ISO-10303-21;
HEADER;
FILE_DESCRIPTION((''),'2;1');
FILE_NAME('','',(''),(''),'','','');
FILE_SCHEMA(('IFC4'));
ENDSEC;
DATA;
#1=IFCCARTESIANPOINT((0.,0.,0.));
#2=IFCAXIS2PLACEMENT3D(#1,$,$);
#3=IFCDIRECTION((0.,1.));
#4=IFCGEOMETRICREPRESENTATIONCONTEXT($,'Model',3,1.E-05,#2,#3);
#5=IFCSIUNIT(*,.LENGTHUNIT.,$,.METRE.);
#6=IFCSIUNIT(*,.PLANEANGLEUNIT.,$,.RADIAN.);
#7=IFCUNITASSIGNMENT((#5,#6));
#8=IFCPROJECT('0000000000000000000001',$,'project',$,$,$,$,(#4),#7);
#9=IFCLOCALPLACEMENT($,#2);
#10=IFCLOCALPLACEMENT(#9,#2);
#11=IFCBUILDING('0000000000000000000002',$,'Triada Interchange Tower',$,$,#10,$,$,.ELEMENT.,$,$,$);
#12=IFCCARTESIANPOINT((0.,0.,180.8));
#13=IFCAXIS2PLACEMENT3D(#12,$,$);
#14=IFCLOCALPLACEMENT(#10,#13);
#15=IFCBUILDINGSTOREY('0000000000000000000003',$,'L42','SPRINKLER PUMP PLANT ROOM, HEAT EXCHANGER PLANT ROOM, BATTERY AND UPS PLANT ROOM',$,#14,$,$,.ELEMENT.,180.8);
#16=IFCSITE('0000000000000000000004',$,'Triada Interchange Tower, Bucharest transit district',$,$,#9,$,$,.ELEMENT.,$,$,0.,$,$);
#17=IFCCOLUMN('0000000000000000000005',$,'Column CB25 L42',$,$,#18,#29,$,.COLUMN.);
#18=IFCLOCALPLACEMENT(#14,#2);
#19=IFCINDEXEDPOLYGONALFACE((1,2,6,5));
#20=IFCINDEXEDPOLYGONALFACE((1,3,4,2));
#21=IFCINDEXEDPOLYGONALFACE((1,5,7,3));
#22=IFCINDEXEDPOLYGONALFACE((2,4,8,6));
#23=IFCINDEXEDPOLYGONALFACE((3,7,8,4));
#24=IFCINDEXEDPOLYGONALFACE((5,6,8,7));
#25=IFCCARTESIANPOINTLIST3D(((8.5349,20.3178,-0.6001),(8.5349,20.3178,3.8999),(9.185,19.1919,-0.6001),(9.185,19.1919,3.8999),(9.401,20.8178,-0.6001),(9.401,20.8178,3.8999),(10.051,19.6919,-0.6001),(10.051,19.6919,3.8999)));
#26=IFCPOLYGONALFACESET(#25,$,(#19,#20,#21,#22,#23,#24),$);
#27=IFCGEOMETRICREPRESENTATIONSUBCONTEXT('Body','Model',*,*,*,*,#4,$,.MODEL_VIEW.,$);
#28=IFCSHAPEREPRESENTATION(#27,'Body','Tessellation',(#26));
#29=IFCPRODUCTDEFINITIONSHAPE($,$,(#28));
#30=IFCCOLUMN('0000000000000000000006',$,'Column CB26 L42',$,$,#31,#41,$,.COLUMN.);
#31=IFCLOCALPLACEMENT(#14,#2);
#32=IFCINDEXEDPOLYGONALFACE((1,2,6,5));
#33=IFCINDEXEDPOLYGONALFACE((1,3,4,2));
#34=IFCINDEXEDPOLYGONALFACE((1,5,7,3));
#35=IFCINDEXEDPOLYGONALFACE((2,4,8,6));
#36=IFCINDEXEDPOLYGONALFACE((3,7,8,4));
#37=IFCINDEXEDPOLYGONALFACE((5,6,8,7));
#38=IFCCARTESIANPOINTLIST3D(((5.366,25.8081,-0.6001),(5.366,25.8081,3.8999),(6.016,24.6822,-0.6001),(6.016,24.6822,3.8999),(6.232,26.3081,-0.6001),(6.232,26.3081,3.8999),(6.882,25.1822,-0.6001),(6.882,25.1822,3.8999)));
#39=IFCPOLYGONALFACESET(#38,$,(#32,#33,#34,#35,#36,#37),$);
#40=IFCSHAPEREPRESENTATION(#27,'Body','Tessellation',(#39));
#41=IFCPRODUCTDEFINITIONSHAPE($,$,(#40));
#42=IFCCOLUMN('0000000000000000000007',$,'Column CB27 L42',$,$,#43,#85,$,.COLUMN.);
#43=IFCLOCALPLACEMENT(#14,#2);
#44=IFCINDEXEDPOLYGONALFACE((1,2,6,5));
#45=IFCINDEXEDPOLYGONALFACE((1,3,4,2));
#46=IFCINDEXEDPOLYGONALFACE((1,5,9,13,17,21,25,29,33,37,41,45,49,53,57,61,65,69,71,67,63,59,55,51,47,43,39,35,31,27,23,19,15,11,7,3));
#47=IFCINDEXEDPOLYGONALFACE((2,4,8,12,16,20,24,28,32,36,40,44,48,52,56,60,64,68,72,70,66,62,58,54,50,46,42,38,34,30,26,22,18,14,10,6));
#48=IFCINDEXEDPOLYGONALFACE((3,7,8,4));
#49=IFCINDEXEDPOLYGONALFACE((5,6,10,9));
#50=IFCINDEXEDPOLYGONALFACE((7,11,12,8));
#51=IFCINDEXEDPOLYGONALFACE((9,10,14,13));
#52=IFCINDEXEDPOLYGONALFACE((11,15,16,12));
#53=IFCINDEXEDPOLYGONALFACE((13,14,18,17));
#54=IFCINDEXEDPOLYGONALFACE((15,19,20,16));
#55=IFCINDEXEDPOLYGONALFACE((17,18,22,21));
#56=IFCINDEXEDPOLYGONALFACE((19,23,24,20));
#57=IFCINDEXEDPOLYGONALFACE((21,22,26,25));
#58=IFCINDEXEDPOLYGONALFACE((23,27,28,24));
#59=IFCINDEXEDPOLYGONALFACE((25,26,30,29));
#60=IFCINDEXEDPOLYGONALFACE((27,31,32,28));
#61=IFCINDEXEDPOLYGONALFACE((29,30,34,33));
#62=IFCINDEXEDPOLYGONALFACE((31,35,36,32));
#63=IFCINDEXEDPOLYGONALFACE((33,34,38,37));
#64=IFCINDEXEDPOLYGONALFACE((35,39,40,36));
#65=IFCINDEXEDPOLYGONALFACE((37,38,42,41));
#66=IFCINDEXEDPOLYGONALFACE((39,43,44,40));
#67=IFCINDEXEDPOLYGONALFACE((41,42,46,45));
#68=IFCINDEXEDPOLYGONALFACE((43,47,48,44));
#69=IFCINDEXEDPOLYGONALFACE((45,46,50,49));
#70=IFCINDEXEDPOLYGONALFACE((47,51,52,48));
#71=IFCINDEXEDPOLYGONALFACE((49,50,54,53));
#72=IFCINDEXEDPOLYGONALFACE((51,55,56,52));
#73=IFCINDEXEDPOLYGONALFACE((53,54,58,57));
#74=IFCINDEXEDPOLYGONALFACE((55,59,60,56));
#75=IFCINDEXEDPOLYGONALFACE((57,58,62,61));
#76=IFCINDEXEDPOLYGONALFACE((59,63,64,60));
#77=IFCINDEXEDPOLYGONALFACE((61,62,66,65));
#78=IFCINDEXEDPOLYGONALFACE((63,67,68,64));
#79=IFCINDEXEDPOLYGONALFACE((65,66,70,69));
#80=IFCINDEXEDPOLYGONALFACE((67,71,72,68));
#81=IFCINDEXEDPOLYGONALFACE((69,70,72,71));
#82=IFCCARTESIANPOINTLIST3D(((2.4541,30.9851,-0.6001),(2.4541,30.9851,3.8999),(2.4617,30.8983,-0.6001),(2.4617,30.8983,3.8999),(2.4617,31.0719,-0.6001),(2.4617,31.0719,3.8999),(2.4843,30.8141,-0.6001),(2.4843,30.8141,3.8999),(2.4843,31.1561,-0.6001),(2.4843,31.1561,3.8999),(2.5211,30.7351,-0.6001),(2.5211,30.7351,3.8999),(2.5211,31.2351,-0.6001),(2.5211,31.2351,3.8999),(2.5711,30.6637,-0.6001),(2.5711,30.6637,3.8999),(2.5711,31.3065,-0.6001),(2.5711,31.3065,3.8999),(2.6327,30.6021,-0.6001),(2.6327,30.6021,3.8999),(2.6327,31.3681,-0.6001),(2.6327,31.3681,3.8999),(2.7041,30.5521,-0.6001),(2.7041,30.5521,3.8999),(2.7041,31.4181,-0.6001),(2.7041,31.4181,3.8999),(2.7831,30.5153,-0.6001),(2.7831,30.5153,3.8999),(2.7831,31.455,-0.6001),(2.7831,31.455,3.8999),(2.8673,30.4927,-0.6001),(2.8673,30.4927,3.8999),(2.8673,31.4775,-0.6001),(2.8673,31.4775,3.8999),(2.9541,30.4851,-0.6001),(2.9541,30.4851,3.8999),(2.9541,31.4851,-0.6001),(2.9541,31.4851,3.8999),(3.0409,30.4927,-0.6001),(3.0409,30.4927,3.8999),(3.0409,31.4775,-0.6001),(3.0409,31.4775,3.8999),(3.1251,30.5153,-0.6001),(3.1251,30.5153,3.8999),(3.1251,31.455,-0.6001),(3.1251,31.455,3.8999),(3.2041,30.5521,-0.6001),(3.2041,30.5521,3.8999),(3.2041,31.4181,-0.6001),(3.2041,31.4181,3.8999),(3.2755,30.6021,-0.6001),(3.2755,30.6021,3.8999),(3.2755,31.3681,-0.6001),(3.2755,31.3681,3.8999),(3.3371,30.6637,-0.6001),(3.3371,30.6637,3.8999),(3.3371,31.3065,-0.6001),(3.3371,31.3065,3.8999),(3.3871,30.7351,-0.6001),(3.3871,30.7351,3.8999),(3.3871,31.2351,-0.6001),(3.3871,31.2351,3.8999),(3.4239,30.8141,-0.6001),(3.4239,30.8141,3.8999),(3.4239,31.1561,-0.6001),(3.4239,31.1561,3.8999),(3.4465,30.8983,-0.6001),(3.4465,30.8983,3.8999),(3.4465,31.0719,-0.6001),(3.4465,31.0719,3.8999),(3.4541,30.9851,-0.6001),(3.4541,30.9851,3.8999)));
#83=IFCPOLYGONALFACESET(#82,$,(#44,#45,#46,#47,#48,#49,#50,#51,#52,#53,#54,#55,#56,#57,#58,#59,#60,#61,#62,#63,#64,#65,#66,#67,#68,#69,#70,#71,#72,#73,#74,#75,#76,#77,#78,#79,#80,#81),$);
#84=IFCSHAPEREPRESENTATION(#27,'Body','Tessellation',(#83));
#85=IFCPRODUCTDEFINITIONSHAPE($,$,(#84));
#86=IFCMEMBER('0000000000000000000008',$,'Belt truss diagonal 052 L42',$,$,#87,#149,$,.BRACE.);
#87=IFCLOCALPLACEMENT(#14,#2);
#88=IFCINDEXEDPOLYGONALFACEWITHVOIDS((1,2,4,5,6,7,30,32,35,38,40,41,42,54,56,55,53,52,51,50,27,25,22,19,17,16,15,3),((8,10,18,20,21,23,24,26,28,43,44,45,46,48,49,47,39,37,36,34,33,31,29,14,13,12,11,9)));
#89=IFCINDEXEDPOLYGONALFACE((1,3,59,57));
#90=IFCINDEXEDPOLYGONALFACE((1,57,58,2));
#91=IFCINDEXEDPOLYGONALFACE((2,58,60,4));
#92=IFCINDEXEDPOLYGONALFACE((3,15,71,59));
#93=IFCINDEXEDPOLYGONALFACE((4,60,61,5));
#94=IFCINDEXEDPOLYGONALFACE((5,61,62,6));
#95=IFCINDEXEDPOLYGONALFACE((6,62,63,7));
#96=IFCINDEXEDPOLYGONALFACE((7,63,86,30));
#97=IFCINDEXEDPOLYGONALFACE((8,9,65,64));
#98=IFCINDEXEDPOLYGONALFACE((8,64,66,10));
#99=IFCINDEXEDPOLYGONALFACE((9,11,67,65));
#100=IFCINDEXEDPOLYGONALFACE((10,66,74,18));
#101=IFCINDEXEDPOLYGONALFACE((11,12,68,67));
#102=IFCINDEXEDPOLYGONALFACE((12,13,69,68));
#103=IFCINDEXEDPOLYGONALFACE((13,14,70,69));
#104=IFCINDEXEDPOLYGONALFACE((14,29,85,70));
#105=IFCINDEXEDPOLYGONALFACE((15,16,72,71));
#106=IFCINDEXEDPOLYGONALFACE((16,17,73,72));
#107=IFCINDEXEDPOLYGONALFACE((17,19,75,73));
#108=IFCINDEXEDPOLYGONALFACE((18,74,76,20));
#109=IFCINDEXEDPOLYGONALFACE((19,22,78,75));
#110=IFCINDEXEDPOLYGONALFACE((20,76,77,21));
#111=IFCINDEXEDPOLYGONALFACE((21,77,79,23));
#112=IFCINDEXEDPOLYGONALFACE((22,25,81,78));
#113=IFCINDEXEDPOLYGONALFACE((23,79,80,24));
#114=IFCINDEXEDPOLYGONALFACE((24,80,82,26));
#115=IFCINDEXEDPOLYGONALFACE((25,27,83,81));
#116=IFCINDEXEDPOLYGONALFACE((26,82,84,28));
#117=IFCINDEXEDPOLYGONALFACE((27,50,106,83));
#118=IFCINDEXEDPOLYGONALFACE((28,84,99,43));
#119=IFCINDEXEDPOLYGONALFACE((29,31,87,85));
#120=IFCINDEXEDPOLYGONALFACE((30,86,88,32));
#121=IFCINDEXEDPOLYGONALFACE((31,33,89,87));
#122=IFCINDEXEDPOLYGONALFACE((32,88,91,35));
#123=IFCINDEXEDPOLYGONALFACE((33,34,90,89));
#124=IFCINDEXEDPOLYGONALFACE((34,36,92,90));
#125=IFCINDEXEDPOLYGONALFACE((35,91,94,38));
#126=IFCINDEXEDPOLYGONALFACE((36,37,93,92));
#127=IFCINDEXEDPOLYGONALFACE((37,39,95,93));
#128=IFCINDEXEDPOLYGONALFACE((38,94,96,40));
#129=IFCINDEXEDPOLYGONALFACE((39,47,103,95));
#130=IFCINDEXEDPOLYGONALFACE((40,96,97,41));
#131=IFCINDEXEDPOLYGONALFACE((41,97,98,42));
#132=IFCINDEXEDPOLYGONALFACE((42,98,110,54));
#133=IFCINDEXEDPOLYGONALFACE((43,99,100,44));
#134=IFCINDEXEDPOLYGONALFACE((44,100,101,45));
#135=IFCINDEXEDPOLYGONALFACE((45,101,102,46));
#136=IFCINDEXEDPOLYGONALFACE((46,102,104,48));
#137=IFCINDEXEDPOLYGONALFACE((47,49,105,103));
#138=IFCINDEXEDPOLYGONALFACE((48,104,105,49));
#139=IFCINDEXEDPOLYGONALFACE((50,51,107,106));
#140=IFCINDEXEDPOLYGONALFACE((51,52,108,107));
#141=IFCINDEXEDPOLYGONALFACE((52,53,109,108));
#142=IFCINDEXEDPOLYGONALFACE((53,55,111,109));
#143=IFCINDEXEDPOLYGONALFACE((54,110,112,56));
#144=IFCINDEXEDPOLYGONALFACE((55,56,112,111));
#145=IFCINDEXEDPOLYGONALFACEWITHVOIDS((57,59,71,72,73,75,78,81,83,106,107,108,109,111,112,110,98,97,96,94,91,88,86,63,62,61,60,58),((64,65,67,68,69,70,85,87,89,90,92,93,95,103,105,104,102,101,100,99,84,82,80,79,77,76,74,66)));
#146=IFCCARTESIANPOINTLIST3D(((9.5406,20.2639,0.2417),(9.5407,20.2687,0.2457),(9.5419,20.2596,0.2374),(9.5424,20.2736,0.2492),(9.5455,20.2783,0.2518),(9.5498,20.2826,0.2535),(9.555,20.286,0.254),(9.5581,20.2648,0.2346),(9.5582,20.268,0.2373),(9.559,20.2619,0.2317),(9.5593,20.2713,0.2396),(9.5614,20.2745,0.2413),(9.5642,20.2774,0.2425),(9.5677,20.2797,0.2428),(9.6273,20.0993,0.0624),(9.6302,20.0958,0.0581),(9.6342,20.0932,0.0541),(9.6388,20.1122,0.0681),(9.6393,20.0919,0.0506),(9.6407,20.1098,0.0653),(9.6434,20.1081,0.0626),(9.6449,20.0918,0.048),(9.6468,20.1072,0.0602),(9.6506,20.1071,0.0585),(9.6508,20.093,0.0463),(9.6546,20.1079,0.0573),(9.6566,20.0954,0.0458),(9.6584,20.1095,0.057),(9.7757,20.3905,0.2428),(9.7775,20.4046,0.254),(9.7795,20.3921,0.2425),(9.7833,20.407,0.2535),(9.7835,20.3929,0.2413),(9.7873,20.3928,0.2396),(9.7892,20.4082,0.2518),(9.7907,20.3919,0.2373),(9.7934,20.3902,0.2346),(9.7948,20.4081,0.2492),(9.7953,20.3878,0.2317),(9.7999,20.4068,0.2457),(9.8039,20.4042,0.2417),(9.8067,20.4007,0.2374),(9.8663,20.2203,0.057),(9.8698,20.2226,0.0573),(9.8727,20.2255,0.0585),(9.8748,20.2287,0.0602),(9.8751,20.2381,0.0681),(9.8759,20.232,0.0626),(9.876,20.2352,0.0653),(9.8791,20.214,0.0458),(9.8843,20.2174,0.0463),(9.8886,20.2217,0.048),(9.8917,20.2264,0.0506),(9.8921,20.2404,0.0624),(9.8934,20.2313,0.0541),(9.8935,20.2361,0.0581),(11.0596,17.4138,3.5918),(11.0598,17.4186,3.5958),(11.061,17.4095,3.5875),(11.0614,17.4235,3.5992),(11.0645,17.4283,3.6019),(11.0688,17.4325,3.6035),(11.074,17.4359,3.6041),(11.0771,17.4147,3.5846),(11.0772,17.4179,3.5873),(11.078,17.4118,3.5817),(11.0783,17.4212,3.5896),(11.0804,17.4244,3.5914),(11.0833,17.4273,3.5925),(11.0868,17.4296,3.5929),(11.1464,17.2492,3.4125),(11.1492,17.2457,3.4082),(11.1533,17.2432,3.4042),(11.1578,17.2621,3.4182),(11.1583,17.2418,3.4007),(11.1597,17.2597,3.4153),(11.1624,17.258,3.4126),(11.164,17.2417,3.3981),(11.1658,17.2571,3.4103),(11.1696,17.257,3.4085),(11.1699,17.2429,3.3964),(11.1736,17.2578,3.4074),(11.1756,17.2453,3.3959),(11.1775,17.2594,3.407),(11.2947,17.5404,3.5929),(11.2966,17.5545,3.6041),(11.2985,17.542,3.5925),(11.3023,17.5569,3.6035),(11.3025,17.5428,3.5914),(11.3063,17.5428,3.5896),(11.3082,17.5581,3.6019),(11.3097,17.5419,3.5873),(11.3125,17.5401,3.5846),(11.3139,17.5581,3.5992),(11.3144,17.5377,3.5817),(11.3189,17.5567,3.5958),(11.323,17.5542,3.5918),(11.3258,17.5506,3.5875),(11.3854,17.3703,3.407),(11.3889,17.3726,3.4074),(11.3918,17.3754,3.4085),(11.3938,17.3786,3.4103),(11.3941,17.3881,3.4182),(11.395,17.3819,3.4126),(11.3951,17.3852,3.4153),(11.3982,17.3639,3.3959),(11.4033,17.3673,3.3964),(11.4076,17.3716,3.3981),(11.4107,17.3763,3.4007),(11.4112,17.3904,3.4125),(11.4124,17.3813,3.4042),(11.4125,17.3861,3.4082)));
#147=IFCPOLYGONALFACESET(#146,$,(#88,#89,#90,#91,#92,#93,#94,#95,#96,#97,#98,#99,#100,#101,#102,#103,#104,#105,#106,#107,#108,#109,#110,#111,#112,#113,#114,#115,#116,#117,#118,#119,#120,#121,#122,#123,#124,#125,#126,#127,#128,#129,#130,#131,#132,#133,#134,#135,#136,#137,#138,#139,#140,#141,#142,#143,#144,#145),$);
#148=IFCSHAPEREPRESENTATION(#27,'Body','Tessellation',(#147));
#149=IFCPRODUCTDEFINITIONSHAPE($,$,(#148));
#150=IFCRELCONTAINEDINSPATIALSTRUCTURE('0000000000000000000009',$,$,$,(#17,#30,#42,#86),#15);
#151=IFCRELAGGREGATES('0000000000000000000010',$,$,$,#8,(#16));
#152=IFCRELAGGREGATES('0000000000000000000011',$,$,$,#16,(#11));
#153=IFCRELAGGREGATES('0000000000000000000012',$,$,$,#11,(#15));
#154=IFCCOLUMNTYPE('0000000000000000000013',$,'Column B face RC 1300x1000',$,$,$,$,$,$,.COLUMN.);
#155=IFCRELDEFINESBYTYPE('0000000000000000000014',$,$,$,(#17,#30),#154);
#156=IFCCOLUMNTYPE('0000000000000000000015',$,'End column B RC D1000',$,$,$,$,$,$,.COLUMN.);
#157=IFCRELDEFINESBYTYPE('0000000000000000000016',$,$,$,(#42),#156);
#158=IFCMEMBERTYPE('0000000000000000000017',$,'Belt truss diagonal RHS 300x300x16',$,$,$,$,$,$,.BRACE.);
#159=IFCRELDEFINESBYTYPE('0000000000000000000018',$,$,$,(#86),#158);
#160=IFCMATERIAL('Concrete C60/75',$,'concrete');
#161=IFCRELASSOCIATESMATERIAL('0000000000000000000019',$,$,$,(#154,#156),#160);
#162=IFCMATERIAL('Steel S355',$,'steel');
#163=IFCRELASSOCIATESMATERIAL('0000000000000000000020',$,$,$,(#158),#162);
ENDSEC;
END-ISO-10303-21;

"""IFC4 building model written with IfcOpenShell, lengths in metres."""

from ifc_helpers import new_model, si_unit, direction, frame, origin, origin_2d, place, context, subcontext, project, spatial, rectangle, hollow_rectangle, circle, extrude, material, material_profile, profile_set, type_object, element, save


model = new_model("IFC4")

# Units and contexts
model_context = context("Model", 3, precision=1e-05, world=origin(), true_north=direction((0.0, 1.0)))
body_context = subcontext(model_context, "Body", "Model", "MODEL_VIEW")
ifc_project = project(units=[si_unit("LENGTHUNIT", "METRE"), si_unit("PLANEANGLEUNIT", "RADIAN")], contexts=[model_context])

# Site, building, storey
site_placement = place(None, origin())
site = spatial("IfcSite", under=ifc_project, at=site_placement, Name="Triada Interchange Tower, Bucharest transit district", CompositionType="ELEMENT", RefElevation=0.0)
building_placement = place(site_placement, origin())
building = spatial("IfcBuilding", under=site, at=building_placement, Name="Triada Interchange Tower", CompositionType="ELEMENT")
storey_placement = place(building_placement, frame((0.0, 0.0, 180.8)))
storey = spatial("IfcBuildingStorey", under=building, at=storey_placement, Name="L42", Description="SPRINKLER PUMP PLANT ROOM, HEAT EXCHANGER PLANT ROOM, BATTERY AND UPS PLANT ROOM", CompositionType="ELEMENT", Elevation=180.8)

# Columns
ifc_material_1 = material(Name="Concrete C60/75", Category="concrete")
ifc_material_profile_1 = material_profile(ifc_material_1, rectangle(XDim=1.3, YDim=1.0, at=origin_2d()), Name="RC 1300x1000")
ifc_profile_set_1 = profile_set([ifc_material_profile_1], Name="Concrete C60/75")
column_type_1 = type_object("IfcColumnType", Name="Column B face RC 1300x1000", PredefinedType="COLUMN", material=ifc_profile_set_1)
for number, where, z_axis, x_axis, name in (
    (1, (9.293, 20.0049, -0.6001), (0.0, 0.0, 1.0), (-0.5, 0.866025, 0.0), "Column CB25 L42"),
    (2, (6.124, 25.4951, -0.6001), (0.0, 0.0, 1.0), (-0.5, 0.866025, 0.0), "Column CB26 L42"),
):
    element("IfcColumn", number, at=place(storey_placement, frame(where, z_axis=z_axis, x_axis=x_axis)), inside=storey, type_object=column_type_1, Name=name, PredefinedType="COLUMN", context=body_context, shape_type="SweptSolid", body=[
        extrude(rectangle(XDim=1.3, YDim=1.0, at=origin_2d()), origin(), (0.0, 0.0, 1.0), 4.5),
    ])
ifc_material_profile_2 = material_profile(ifc_material_1, circle(Radius=0.5, at=origin_2d()), Name="RC D1000")
ifc_profile_set_2 = profile_set([ifc_material_profile_2], Name="Concrete C60/75")
column_type_2 = type_object("IfcColumnType", Name="End column B RC D1000", PredefinedType="COLUMN", material=ifc_profile_set_2)
column_placement = place(storey_placement, frame((2.9541, 30.9851, -0.6001), z_axis=(0.0, 0.0, 1.0), x_axis=(-0.5, 0.866025, 0.0)))
element("IfcColumn", 3, at=column_placement, inside=storey, type_object=column_type_2, Name="Column CB27 L42", PredefinedType="COLUMN", context=body_context, shape_type="SweptSolid", body=[
    extrude(circle(Radius=0.5, at=origin_2d()), origin(), (0.0, 0.0, 1.0), 4.5),
])

# Member
ifc_material_2 = material(Name="Steel S355", Category="steel")
ifc_material_profile_3 = material_profile(ifc_material_2, hollow_rectangle(XDim=0.3, YDim=0.3, WallThickness=0.0161, InnerFilletRadius=0.0161, OuterFilletRadius=0.0239, at=origin_2d()), Name="RHS 300x300x16")
ifc_profile_set_3 = profile_set([ifc_material_profile_3], Name="Steel S355")
member_type_1 = type_object("IfcMemberType", Name="Belt truss diagonal RHS 300x300x16", PredefinedType="BRACE", material=ifc_profile_set_3)
member_1_placement = place(storey_placement, frame((9.717, 20.25, 0.1499), z_axis=(0.32644, -0.612482, 0.719932), x_axis=(0.882483, 0.470345, 0.0)))
element("IfcMember", 4, at=member_1_placement, inside=storey, type_object=member_type_1, Name="Belt truss diagonal 052 L42", PredefinedType="BRACE", context=body_context, shape_type="SweptSolid", body=[
    extrude(hollow_rectangle(XDim=0.3, YDim=0.3, WallThickness=0.0161, InnerFilletRadius=0.0161, OuterFilletRadius=0.0239, at=origin_2d()), origin(), (0.0, 0.0, 1.0), 4.6533),
])

save(model, "model.ifc")
